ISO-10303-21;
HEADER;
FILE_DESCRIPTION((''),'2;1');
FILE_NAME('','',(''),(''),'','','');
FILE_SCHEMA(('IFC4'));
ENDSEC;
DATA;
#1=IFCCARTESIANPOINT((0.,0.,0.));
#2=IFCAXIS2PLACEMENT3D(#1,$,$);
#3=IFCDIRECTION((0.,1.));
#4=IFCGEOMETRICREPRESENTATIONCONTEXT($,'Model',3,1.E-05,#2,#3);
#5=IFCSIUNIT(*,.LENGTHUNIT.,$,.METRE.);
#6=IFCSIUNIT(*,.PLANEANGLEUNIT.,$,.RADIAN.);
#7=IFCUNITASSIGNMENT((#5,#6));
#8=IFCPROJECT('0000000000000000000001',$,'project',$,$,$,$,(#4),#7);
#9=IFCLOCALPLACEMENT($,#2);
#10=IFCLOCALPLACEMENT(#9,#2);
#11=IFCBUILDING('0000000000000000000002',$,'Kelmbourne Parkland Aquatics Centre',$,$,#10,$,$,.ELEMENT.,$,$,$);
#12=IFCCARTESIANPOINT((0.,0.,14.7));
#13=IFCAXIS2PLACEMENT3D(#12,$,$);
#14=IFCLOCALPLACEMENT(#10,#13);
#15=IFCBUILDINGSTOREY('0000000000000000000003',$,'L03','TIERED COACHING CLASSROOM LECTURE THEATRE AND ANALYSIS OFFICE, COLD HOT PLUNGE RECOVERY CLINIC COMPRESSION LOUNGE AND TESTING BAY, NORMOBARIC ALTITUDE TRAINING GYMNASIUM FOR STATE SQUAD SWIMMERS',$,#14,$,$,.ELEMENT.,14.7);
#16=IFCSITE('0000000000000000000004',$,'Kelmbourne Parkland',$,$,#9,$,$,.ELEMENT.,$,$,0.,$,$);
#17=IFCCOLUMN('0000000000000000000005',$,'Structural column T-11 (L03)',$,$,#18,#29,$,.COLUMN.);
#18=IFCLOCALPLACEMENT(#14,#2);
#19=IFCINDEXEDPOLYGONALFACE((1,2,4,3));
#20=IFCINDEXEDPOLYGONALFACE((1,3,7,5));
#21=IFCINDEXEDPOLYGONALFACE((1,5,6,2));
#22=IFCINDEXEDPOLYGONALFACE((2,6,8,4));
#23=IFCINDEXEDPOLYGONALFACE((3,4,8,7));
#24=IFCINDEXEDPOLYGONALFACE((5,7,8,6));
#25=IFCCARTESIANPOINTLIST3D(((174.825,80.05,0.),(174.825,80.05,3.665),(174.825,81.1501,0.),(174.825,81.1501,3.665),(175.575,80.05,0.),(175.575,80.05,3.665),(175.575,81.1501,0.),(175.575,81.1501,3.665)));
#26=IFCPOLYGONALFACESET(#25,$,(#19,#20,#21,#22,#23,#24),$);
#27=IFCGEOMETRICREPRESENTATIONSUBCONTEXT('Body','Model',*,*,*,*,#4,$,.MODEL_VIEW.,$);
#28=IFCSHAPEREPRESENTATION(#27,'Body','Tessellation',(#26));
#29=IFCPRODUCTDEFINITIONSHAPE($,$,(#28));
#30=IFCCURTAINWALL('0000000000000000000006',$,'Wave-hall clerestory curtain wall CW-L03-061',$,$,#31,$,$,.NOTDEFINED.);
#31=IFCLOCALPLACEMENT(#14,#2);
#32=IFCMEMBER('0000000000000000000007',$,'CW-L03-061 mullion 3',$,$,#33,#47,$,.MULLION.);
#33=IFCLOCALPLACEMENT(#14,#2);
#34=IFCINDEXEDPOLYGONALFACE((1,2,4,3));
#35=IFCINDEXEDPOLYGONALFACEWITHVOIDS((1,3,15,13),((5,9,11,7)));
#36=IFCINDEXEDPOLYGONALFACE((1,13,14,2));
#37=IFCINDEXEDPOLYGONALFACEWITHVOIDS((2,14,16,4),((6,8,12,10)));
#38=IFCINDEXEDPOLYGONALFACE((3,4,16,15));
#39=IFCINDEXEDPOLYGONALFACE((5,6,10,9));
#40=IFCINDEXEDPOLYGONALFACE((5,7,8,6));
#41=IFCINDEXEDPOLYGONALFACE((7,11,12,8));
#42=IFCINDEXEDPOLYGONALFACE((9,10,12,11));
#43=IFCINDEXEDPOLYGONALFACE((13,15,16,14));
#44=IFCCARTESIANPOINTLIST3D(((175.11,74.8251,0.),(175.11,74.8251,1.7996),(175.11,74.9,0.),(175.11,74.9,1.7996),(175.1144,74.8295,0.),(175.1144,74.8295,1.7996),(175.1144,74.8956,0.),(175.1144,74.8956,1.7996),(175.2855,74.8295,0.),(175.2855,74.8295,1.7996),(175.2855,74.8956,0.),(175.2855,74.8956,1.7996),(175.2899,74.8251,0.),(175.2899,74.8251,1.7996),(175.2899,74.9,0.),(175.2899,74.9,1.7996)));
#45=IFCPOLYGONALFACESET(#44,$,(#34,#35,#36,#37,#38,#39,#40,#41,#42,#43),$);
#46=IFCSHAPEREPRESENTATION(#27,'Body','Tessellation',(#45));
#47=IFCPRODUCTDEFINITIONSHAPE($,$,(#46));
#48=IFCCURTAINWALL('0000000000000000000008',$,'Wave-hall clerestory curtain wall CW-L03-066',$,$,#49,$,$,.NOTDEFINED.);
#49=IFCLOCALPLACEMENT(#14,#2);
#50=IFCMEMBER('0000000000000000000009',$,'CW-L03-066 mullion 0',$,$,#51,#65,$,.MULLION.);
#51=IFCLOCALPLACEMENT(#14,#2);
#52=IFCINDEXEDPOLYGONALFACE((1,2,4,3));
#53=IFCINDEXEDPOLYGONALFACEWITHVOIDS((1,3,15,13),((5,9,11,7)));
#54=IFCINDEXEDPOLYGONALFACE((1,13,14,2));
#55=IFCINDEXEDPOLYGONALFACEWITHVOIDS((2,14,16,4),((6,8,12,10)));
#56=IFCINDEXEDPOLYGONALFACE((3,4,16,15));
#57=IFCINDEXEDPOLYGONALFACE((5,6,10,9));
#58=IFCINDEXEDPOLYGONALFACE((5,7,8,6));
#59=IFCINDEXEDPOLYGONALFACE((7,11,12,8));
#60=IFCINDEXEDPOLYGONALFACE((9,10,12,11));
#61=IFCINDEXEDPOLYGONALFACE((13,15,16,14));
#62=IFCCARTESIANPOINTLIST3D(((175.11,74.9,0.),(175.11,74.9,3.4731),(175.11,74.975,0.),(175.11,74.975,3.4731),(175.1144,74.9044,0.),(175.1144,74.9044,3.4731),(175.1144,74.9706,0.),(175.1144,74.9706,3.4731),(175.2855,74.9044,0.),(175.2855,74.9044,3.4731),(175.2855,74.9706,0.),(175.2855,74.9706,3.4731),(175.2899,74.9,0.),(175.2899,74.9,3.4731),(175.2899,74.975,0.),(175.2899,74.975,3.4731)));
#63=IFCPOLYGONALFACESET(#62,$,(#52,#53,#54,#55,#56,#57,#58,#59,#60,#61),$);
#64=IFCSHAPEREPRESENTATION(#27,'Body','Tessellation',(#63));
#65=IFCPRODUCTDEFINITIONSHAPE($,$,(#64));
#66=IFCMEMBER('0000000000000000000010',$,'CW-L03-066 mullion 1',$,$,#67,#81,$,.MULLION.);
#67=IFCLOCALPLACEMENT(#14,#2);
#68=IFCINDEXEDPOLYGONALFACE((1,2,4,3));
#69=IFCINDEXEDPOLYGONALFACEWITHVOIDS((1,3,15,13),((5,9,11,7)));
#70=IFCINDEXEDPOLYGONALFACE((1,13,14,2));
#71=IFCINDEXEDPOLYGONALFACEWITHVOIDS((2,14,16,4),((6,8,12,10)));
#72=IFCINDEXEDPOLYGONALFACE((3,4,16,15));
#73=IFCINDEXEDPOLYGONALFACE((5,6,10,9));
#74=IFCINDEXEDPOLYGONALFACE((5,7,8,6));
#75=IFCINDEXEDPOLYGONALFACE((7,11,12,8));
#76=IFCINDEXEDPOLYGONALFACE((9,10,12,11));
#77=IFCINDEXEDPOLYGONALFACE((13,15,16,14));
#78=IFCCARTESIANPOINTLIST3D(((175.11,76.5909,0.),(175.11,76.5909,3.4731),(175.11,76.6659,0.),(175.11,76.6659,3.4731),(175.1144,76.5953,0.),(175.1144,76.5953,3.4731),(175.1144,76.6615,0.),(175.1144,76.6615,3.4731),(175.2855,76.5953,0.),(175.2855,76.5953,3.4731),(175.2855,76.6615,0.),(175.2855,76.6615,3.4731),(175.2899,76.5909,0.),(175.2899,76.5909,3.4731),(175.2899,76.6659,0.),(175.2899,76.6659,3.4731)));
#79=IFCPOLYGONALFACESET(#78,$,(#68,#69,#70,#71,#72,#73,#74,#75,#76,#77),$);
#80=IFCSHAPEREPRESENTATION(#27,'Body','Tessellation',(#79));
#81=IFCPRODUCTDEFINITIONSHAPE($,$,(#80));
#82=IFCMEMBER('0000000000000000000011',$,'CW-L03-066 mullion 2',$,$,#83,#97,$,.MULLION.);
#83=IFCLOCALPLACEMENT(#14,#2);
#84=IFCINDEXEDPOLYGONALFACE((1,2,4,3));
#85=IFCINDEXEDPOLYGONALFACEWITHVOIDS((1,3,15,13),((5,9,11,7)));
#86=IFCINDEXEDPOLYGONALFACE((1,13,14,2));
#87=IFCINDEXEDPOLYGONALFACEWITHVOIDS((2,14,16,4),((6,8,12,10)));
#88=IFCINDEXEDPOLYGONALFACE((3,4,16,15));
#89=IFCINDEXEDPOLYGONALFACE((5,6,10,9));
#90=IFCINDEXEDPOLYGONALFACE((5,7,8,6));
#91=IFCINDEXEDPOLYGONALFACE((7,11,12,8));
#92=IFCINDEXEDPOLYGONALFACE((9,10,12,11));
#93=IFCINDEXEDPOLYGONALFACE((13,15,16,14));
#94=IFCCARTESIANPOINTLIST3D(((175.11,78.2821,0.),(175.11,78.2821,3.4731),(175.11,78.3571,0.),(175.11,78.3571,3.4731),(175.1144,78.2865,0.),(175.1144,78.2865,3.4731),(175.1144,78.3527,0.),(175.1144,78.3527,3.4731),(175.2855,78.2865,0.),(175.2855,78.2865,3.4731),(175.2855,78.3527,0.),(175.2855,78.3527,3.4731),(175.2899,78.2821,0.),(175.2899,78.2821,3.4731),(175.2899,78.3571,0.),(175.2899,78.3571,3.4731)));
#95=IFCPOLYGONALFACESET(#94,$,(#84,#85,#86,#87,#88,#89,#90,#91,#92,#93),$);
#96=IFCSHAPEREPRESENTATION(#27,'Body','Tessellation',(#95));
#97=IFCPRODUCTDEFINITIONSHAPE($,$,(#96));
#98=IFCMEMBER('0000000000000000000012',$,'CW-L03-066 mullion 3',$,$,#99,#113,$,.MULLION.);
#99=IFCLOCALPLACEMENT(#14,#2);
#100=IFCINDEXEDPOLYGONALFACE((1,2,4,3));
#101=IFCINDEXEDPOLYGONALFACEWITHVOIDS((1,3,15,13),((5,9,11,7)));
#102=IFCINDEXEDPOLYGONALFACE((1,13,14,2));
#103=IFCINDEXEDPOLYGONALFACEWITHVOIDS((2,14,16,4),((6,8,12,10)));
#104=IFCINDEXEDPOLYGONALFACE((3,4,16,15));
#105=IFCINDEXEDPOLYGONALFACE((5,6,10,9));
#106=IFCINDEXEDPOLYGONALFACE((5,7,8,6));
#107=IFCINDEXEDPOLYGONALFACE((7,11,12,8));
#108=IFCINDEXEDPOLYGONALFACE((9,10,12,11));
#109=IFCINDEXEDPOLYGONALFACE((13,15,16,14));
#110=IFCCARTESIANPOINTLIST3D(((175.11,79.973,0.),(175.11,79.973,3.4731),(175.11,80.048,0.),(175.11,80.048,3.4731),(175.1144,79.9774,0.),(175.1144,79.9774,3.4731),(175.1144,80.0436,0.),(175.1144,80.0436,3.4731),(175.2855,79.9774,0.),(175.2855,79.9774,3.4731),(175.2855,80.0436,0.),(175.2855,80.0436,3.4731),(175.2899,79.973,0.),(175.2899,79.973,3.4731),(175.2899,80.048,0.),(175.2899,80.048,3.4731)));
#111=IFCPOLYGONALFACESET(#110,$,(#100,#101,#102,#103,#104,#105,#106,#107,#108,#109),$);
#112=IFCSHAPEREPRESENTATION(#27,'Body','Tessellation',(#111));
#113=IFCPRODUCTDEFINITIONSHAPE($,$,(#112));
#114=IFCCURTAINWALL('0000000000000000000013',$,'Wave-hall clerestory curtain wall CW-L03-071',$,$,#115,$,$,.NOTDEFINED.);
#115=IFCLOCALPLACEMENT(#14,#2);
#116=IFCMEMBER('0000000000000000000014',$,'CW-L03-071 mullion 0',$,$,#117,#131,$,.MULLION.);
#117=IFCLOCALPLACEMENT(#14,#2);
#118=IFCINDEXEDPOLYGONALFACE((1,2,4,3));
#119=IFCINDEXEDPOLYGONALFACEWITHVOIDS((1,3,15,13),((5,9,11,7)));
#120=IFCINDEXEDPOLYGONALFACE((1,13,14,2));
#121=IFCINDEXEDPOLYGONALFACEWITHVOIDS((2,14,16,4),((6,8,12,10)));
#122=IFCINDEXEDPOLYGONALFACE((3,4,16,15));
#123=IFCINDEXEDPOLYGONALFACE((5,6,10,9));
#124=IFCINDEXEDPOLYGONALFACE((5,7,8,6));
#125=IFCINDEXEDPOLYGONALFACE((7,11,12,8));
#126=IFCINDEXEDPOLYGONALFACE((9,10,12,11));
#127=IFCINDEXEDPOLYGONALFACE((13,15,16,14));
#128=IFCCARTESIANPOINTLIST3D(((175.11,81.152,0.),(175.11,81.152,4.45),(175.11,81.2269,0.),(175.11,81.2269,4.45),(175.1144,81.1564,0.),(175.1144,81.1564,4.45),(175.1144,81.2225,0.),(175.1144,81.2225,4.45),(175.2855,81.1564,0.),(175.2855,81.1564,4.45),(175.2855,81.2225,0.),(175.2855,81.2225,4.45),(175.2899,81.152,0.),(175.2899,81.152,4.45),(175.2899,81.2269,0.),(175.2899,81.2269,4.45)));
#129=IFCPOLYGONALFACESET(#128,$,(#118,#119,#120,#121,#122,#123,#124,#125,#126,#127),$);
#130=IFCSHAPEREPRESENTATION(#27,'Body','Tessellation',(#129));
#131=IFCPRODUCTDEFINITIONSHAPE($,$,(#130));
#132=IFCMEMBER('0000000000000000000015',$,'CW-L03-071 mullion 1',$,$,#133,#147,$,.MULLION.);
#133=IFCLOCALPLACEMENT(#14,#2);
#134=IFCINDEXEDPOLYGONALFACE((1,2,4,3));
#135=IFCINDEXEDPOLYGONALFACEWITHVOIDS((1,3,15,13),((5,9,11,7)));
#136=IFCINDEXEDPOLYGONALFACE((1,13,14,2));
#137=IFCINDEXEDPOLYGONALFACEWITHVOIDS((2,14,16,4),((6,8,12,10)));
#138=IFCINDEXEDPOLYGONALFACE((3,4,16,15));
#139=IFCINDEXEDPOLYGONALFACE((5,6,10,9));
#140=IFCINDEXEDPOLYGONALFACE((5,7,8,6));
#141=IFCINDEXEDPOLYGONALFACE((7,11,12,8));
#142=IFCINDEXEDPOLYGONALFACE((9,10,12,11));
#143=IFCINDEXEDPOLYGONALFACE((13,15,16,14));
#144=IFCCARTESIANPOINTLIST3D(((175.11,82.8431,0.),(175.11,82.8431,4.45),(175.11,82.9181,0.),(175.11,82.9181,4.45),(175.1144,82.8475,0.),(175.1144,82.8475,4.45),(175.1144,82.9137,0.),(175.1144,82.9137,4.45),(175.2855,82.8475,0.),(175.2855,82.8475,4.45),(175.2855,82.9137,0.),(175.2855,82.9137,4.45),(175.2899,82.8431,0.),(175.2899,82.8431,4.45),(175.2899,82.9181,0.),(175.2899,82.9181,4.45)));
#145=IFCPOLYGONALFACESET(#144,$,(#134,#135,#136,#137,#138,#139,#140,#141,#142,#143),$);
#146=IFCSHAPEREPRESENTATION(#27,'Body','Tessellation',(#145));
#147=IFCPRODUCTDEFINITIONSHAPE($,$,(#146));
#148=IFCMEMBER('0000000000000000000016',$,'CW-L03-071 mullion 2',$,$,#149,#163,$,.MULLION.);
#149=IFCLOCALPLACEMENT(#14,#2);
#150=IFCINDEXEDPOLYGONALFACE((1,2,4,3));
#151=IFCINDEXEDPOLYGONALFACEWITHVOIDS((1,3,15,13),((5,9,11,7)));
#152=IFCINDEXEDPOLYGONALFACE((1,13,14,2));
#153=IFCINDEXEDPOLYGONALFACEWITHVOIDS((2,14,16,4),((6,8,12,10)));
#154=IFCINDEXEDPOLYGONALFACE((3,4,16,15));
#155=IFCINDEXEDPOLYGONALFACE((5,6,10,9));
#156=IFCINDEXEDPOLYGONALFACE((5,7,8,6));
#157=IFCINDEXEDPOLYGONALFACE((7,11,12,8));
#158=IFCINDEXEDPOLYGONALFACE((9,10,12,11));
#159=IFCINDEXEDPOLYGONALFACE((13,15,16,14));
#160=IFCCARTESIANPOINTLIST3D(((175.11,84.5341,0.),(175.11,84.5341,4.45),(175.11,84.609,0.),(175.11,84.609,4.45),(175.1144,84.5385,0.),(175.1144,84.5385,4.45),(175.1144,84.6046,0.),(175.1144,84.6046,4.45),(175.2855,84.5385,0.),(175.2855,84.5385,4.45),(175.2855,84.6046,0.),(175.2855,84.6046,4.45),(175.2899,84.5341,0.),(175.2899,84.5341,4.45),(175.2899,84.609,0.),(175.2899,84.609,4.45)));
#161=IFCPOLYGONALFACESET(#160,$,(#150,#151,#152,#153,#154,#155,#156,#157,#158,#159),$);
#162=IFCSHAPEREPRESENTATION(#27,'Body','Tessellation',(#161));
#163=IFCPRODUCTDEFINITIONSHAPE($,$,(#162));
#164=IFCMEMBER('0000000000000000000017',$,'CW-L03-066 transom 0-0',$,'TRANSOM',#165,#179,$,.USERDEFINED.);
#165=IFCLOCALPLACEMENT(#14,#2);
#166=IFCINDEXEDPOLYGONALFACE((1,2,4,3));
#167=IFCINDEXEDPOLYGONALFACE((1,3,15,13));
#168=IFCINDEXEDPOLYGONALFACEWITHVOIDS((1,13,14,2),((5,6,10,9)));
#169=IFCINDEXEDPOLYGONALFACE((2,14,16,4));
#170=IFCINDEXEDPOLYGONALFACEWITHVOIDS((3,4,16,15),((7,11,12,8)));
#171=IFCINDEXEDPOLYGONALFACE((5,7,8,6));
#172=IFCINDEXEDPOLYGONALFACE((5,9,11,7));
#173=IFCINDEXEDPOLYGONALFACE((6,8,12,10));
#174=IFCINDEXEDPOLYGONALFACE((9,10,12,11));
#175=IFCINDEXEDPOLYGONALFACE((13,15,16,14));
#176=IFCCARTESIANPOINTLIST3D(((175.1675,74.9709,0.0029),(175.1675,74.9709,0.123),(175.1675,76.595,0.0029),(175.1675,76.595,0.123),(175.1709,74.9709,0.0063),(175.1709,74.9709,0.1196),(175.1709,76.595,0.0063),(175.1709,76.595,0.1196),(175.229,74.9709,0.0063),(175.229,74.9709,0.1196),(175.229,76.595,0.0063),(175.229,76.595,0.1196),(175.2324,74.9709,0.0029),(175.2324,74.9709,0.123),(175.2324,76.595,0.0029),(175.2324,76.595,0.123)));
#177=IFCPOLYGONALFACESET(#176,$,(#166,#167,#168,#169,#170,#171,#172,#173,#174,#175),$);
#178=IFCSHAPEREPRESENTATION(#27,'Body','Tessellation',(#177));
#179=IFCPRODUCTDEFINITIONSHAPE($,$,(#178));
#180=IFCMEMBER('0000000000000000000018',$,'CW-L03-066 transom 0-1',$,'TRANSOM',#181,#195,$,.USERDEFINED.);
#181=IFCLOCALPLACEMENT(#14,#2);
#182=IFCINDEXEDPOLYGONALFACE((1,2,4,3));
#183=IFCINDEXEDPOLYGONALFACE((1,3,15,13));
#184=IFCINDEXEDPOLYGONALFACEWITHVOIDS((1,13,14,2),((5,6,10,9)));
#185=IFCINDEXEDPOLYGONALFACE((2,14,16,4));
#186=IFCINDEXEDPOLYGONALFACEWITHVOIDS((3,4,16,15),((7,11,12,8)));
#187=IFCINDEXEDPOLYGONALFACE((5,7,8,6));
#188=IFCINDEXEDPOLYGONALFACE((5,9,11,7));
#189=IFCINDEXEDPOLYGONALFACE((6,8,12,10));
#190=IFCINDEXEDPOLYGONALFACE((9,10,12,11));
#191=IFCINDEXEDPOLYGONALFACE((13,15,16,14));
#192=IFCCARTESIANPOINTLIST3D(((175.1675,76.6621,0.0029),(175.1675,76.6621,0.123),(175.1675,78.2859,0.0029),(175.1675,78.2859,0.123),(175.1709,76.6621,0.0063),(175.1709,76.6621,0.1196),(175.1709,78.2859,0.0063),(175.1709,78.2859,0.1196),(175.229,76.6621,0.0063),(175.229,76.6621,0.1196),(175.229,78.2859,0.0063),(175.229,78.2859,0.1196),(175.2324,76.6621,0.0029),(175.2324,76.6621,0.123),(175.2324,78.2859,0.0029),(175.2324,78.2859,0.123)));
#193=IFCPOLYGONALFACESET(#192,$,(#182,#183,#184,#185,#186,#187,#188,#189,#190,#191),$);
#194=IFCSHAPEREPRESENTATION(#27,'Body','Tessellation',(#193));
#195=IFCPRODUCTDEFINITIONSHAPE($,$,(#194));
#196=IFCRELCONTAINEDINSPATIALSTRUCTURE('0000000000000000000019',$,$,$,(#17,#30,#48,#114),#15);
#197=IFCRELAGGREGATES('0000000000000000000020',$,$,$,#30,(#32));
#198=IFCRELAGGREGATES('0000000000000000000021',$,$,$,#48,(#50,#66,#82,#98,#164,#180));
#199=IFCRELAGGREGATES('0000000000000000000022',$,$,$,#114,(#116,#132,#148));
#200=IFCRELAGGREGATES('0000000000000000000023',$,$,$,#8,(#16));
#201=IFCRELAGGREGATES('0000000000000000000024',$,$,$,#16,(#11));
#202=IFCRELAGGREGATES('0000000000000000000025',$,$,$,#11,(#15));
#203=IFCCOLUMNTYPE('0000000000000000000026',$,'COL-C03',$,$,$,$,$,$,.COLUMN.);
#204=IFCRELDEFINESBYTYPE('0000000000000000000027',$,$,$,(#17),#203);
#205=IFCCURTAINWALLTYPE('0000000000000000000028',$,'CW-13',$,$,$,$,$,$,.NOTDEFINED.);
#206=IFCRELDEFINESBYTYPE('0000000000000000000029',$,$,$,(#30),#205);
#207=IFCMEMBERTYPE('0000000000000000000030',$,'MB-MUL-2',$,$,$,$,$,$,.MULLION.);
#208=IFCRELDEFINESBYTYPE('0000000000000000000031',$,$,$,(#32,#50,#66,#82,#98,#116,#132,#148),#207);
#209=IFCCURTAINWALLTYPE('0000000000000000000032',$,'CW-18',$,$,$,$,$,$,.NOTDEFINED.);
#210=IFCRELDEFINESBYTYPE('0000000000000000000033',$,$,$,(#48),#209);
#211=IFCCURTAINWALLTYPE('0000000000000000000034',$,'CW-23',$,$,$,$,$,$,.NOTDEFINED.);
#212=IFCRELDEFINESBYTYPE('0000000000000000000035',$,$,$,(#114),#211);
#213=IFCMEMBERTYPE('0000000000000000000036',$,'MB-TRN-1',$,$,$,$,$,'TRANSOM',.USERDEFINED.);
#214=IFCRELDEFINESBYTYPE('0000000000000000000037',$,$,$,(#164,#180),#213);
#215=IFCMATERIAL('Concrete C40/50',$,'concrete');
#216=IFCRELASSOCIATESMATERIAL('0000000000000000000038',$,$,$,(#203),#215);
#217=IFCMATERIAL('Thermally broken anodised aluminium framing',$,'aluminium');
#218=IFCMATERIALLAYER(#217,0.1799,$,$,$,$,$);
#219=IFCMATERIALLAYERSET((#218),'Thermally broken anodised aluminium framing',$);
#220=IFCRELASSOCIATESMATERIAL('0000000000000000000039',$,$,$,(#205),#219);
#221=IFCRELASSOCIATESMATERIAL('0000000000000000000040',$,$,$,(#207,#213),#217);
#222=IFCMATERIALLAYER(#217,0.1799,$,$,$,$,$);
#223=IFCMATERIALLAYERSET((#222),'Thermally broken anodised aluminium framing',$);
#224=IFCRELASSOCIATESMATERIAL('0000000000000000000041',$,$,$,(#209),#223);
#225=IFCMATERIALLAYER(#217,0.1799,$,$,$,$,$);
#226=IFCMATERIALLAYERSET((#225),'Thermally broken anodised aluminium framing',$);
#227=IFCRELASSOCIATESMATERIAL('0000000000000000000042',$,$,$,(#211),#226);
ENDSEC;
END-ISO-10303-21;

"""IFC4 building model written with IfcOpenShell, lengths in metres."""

from ifc_helpers import new_model, si_unit, direction, frame, origin, origin_2d, place, context, subcontext, project, spatial, rectangle, hollow_rectangle, extrude, material, layer, layer_set, material_profile, profile_set, type_object, element, aggregate, save


model = new_model("IFC4")

# Units and contexts
model_context = context("Model", 3, precision=1e-05, world=origin(), true_north=direction((0.0, 1.0)))
body_context = subcontext(model_context, "Body", "Model", "MODEL_VIEW")
ifc_project = project(units=[si_unit("LENGTHUNIT", "METRE"), si_unit("PLANEANGLEUNIT", "RADIAN")], contexts=[model_context])

# Site, building, storey
site_placement = place(None, origin())
site = spatial("IfcSite", under=ifc_project, at=site_placement, Name="Kelmbourne Parkland", CompositionType="ELEMENT", RefElevation=0.0)
building_placement = place(site_placement, origin())
building = spatial("IfcBuilding", under=site, at=building_placement, Name="Kelmbourne Parkland Aquatics Centre", CompositionType="ELEMENT")
storey_placement = place(building_placement, frame((0.0, 0.0, 14.7)))
storey = spatial("IfcBuildingStorey", under=building, at=storey_placement, Name="L03", Description="TIERED COACHING CLASSROOM LECTURE THEATRE AND ANALYSIS OFFICE, COLD HOT PLUNGE RECOVERY CLINIC COMPRESSION LOUNGE AND TESTING BAY, NORMOBARIC ALTITUDE TRAINING GYMNASIUM FOR STATE SQUAD SWIMMERS", CompositionType="ELEMENT", Elevation=14.7)

# Column
ifc_material_1 = material(Name="Concrete C40/50", Category="concrete")
ifc_material_profile_1 = material_profile(ifc_material_1, rectangle(XDim=0.75, YDim=1.1001, at=origin_2d()), Name="RC 750x1100")
ifc_profile_set_1 = profile_set([ifc_material_profile_1], Name="Concrete C40/50")
column_type = type_object("IfcColumnType", Name="COL-C03", PredefinedType="COLUMN", material=ifc_profile_set_1)
column_placement = place(storey_placement, frame((175.2, 80.6001, 0.0), z_axis=(0.0, 0.0, 1.0), x_axis=(1.0, 0.0, 0.0)))
element("IfcColumn", 1, at=column_placement, inside=storey, type_object=column_type, Name="Structural column T-11 (L03)", PredefinedType="COLUMN", context=body_context, shape_type="SweptSolid", body=[
    extrude(rectangle(XDim=0.75, YDim=1.1001, at=origin_2d()), origin(), (0.0, 0.0, 1.0), 3.665),
])

# Curtain wall, member
ifc_material_2 = material(Name="Thermally broken anodised aluminium framing", Category="aluminium")
ifc_layer_1 = layer(ifc_material_2, 0.1799)
ifc_layer_set_1 = layer_set([ifc_layer_1], Name="Thermally broken anodised aluminium framing")
curtain_wall_type_1 = type_object("IfcCurtainWallType", Name="CW-13", PredefinedType="NOTDEFINED", material=ifc_layer_set_1)
curtain_wall_1_placement = place(storey_placement, origin())
curtain_wall_1 = element("IfcCurtainWall", 2, at=curtain_wall_1_placement, inside=storey, type_object=curtain_wall_type_1, Name="Wave-hall clerestory curtain wall CW-L03-061", PredefinedType="NOTDEFINED")
ifc_material_profile_2 = material_profile(ifc_material_2, hollow_rectangle(XDim=0.075, YDim=0.1799, WallThickness=0.0044, at=origin_2d()), Name="CW-M 75x180")
ifc_profile_set_2 = profile_set([ifc_material_profile_2], Name="Thermally broken anodised aluminium framing")
member_type_1 = type_object("IfcMemberType", Name="MB-MUL-2", PredefinedType="MULLION", material=ifc_profile_set_2)
member_1_placement = place(storey_placement, frame((175.2, 74.8625, 0.0), z_axis=(0.0, 0.0, 1.0), x_axis=(0.0, 1.0, 0.0)))
member_1 = element("IfcMember", 3, at=member_1_placement, type_object=member_type_1, Name="CW-L03-061 mullion 3", PredefinedType="MULLION", context=body_context, shape_type="SweptSolid", body=[
    extrude(hollow_rectangle(XDim=0.075, YDim=0.1799, WallThickness=0.0044, at=origin_2d()), origin(), (0.0, 0.0, 1.0), 1.7996),
])
aggregate(curtain_wall_1, [member_1])

# Curtain walls, members
ifc_layer_2 = layer(ifc_material_2, 0.1799)
ifc_layer_set_2 = layer_set([ifc_layer_2], Name="Thermally broken anodised aluminium framing")
curtain_wall_type_2 = type_object("IfcCurtainWallType", Name="CW-18", PredefinedType="NOTDEFINED", material=ifc_layer_set_2)
curtain_wall_2_placement = place(storey_placement, origin())
curtain_wall_2 = element("IfcCurtainWall", 4, at=curtain_wall_2_placement, inside=storey, type_object=curtain_wall_type_2, Name="Wave-hall clerestory curtain wall CW-L03-066", PredefinedType="NOTDEFINED")
member_2_placement = place(storey_placement, frame((175.2, 74.9375, 0.0), z_axis=(0.0, 0.0, 1.0), x_axis=(0.0, 1.0, 0.0)))
member_2 = element("IfcMember", 5, at=member_2_placement, type_object=member_type_1, Name="CW-L03-066 mullion 0", PredefinedType="MULLION", context=body_context, shape_type="SweptSolid", body=[
    extrude(hollow_rectangle(XDim=0.075, YDim=0.1799, WallThickness=0.0044, at=origin_2d()), origin(), (0.0, 0.0, 1.0), 3.4731),
])
member_3_placement = place(storey_placement, frame((175.2, 76.6284, 0.0), z_axis=(0.0, 0.0, 1.0), x_axis=(0.0, 1.0, 0.0)))
member_3 = element("IfcMember", 6, at=member_3_placement, type_object=member_type_1, Name="CW-L03-066 mullion 1", PredefinedType="MULLION", context=body_context, shape_type="SweptSolid", body=[
    extrude(hollow_rectangle(XDim=0.075, YDim=0.1799, WallThickness=0.0044, at=origin_2d()), origin(), (0.0, 0.0, 1.0), 3.4731),
])
member_4_placement = place(storey_placement, frame((175.2, 78.3196, 0.0), z_axis=(0.0, 0.0, 1.0), x_axis=(0.0, 1.0, 0.0)))
member_4 = element("IfcMember", 7, at=member_4_placement, type_object=member_type_1, Name="CW-L03-066 mullion 2", PredefinedType="MULLION", context=body_context, shape_type="SweptSolid", body=[
    extrude(hollow_rectangle(XDim=0.075, YDim=0.1799, WallThickness=0.0044, at=origin_2d()), origin(), (0.0, 0.0, 1.0), 3.4731),
])
member_5_placement = place(storey_placement, frame((175.2, 80.0105, 0.0), z_axis=(0.0, 0.0, 1.0), x_axis=(0.0, 1.0, 0.0)))
member_5 = element("IfcMember", 8, at=member_5_placement, type_object=member_type_1, Name="CW-L03-066 mullion 3", PredefinedType="MULLION", context=body_context, shape_type="SweptSolid", body=[
    extrude(hollow_rectangle(XDim=0.075, YDim=0.1799, WallThickness=0.0044, at=origin_2d()), origin(), (0.0, 0.0, 1.0), 3.4731),
])
ifc_layer_3 = layer(ifc_material_2, 0.1799)
ifc_layer_set_3 = layer_set([ifc_layer_3], Name="Thermally broken anodised aluminium framing")
curtain_wall_type_3 = type_object("IfcCurtainWallType", Name="CW-23", PredefinedType="NOTDEFINED", material=ifc_layer_set_3)
curtain_wall_3_placement = place(storey_placement, origin())
curtain_wall_3 = element("IfcCurtainWall", 9, at=curtain_wall_3_placement, inside=storey, type_object=curtain_wall_type_3, Name="Wave-hall clerestory curtain wall CW-L03-071", PredefinedType="NOTDEFINED")
member_6_placement = place(storey_placement, frame((175.2, 81.1895, 0.0), z_axis=(0.0, 0.0, 1.0), x_axis=(0.0, 1.0, 0.0)))
member_6 = element("IfcMember", 10, at=member_6_placement, type_object=member_type_1, Name="CW-L03-071 mullion 0", PredefinedType="MULLION", context=body_context, shape_type="SweptSolid", body=[
    extrude(hollow_rectangle(XDim=0.075, YDim=0.1799, WallThickness=0.0044, at=origin_2d()), origin(), (0.0, 0.0, 1.0), 4.45),
])
member_7_placement = place(storey_placement, frame((175.2, 82.8806, 0.0), z_axis=(0.0, 0.0, 1.0), x_axis=(0.0, 1.0, 0.0)))
member_7 = element("IfcMember", 11, at=member_7_placement, type_object=member_type_1, Name="CW-L03-071 mullion 1", PredefinedType="MULLION", context=body_context, shape_type="SweptSolid", body=[
    extrude(hollow_rectangle(XDim=0.075, YDim=0.1799, WallThickness=0.0044, at=origin_2d()), origin(), (0.0, 0.0, 1.0), 4.45),
])
member_8_placement = place(storey_placement, frame((175.2, 84.5715, 0.0), z_axis=(0.0, 0.0, 1.0), x_axis=(0.0, 1.0, 0.0)))
member_8 = element("IfcMember", 12, at=member_8_placement, type_object=member_type_1, Name="CW-L03-071 mullion 2", PredefinedType="MULLION", context=body_context, shape_type="SweptSolid", body=[
    extrude(hollow_rectangle(XDim=0.075, YDim=0.1799, WallThickness=0.0044, at=origin_2d()), origin(), (0.0, 0.0, 1.0), 4.45),
])

# Members
ifc_material_profile_3 = material_profile(ifc_material_2, hollow_rectangle(XDim=0.0649, YDim=0.1201, WallThickness=0.0034, at=origin_2d()), Name="CW-T 65x120")
ifc_profile_set_3 = profile_set([ifc_material_profile_3], Name="Thermally broken anodised aluminium framing")
member_type_2 = type_object("IfcMemberType", Name="MB-TRN-1", ElementType="TRANSOM", PredefinedType="USERDEFINED", material=ifc_profile_set_3)
member_9_placement = place(storey_placement, frame((175.2, 74.9709, 0.063), z_axis=(0.0, 1.0, 0.0), x_axis=(-1.0, 0.0, 0.0)))
member_9 = element("IfcMember", 13, at=member_9_placement, type_object=member_type_2, Name="CW-L03-066 transom 0-0", ObjectType="TRANSOM", PredefinedType="USERDEFINED", context=body_context, shape_type="SweptSolid", body=[
    extrude(hollow_rectangle(XDim=0.0649, YDim=0.1201, WallThickness=0.0034, at=origin_2d()), origin(), (0.0, 0.0, 1.0), 1.624),
])
member_10_placement = place(storey_placement, frame((175.2, 76.6621, 0.063), z_axis=(0.0, 1.0, 0.0), x_axis=(-1.0, 0.0, 0.0)))
member_10 = element("IfcMember", 14, at=member_10_placement, type_object=member_type_2, Name="CW-L03-066 transom 0-1", ObjectType="TRANSOM", PredefinedType="USERDEFINED", context=body_context, shape_type="SweptSolid", body=[
    extrude(hollow_rectangle(XDim=0.0649, YDim=0.1201, WallThickness=0.0034, at=origin_2d()), origin(), (0.0, 0.0, 1.0), 1.6238),
])

aggregate(curtain_wall_2, [member_2, member_3, member_4, member_5, member_9, member_10])
aggregate(curtain_wall_3, [member_6, member_7, member_8])

save(model, "model.ifc")
